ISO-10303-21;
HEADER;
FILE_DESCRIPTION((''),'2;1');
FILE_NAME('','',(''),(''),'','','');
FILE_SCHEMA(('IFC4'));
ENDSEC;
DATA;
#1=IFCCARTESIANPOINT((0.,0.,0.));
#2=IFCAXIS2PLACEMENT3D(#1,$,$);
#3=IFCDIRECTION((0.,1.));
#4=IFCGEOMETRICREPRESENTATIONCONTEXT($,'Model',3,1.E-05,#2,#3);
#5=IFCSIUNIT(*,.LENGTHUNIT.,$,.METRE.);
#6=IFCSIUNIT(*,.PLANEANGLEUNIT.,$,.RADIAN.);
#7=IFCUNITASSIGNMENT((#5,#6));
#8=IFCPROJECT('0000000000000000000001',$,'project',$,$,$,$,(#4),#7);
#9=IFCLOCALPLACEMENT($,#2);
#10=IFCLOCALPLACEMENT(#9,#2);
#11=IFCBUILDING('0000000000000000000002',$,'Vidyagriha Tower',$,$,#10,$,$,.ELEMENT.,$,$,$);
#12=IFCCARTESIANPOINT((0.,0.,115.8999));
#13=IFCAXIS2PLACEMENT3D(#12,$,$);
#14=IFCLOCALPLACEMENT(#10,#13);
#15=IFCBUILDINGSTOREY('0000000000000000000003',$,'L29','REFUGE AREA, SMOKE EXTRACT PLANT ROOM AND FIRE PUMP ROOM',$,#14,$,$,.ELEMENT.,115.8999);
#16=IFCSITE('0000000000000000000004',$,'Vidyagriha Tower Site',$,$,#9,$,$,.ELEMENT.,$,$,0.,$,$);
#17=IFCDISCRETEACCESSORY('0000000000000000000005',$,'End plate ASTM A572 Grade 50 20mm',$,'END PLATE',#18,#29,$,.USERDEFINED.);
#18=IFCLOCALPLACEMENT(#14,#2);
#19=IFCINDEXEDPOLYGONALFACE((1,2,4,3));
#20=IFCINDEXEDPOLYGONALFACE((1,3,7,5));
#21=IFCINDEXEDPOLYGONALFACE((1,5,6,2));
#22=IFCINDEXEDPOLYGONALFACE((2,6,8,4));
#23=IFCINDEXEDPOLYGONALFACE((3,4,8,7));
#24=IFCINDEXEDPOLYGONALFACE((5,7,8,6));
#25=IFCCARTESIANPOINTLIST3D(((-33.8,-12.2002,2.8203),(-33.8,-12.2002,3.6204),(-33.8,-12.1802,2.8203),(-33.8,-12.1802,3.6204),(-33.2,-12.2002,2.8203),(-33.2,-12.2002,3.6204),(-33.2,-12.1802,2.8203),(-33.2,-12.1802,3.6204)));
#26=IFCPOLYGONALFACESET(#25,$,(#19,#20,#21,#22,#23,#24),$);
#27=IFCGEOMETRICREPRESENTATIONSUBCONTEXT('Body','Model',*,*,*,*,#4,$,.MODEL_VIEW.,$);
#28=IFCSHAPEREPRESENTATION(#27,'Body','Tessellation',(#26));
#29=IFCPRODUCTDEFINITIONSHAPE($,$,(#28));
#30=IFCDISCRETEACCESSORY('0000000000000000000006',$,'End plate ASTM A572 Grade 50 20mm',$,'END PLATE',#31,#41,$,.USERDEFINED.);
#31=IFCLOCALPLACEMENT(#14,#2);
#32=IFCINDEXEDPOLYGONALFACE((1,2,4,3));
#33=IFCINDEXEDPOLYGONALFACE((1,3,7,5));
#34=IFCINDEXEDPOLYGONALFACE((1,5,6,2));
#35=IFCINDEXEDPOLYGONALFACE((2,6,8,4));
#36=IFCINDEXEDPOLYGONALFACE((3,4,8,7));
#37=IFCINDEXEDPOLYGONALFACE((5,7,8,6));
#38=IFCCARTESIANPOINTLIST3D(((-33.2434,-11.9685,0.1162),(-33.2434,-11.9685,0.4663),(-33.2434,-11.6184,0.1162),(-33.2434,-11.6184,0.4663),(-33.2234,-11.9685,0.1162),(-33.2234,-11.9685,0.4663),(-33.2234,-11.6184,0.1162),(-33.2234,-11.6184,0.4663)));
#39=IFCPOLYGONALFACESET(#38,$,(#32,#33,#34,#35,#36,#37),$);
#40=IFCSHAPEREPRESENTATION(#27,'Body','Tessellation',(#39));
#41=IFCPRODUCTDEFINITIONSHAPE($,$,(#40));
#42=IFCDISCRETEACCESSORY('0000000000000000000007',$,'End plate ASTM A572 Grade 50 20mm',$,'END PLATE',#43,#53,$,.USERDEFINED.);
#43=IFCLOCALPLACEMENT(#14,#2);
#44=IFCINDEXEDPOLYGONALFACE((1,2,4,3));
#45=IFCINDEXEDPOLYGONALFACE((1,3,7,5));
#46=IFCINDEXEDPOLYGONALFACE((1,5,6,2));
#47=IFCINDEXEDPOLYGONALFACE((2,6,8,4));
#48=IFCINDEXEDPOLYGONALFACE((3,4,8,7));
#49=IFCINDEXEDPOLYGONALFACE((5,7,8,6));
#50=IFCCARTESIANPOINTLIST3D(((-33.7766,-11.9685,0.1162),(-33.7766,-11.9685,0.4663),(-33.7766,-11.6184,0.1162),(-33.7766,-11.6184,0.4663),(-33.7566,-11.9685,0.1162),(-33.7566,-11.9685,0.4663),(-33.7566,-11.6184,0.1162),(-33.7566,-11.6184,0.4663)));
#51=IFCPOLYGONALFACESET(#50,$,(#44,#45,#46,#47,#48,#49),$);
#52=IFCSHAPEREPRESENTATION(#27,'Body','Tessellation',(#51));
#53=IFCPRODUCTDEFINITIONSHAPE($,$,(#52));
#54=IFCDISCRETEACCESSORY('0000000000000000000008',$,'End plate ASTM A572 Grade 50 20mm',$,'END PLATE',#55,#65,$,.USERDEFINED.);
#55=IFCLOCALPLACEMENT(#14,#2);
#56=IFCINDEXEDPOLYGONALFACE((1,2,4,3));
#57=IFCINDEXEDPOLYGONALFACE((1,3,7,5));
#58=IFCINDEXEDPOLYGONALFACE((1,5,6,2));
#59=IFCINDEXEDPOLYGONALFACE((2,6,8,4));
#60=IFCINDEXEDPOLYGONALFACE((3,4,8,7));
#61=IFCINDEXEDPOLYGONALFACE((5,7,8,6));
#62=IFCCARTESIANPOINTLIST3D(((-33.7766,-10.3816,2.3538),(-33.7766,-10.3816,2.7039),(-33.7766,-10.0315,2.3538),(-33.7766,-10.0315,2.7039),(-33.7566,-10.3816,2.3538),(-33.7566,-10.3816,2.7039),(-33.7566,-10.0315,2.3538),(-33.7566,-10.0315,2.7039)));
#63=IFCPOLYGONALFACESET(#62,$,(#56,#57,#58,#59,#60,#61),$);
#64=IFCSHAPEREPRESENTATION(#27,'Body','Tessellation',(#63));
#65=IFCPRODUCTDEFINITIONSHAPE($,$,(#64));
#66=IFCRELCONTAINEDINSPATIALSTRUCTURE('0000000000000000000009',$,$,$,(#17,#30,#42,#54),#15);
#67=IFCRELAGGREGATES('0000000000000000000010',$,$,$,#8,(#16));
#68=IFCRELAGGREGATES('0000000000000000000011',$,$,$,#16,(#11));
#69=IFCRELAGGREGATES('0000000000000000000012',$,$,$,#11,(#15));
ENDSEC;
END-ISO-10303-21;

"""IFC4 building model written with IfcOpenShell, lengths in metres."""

from ifc_helpers import new_model, si_unit, direction, frame, origin, origin_2d, place, context, subcontext, project, spatial, rectangle, extrude, element, save


model = new_model("IFC4")

# Units and contexts
model_context = context("Model", 3, precision=1e-05, world=origin(), true_north=direction((0.0, 1.0)))
body_context = subcontext(model_context, "Body", "Model", "MODEL_VIEW")
ifc_project = project(units=[si_unit("LENGTHUNIT", "METRE"), si_unit("PLANEANGLEUNIT", "RADIAN")], contexts=[model_context])

# Site, building, storey
site_placement = place(None, origin())
site = spatial("IfcSite", under=ifc_project, at=site_placement, Name="Vidyagriha Tower Site", CompositionType="ELEMENT", RefElevation=0.0)
building_placement = place(site_placement, origin())
building = spatial("IfcBuilding", under=site, at=building_placement, Name="Vidyagriha Tower", CompositionType="ELEMENT")
storey_placement = place(building_placement, frame((0.0, 0.0, 115.8999)))
storey = spatial("IfcBuildingStorey", under=building, at=storey_placement, Name="L29", Description="REFUGE AREA, SMOKE EXTRACT PLANT ROOM AND FIRE PUMP ROOM", CompositionType="ELEMENT", Elevation=115.8999)

# Discrete accessories
discrete_accessory_1_placement = place(storey_placement, frame((-33.5, -12.1902, 2.8203), z_axis=(0.0, 0.0, 1.0), x_axis=(0.0, -1.0, 0.0)))
element("IfcDiscreteAccessory", 1, at=discrete_accessory_1_placement, inside=storey, Name="End plate ASTM A572 Grade 50 20mm", ObjectType="END PLATE", PredefinedType="USERDEFINED", context=body_context, shape_type="SweptSolid", body=[
    extrude(rectangle(XDim=0.02, YDim=0.6001, at=origin_2d()), origin(), (0.0, 0.0, 1.0), 0.8),
])
for number, where, z_axis, x_axis, name in (
    (2, (-33.2334, -11.7935, 0.1162), (0.0, 0.0, 1.0), (0.0, -1.0, 0.0), "End plate ASTM A572 Grade 50 20mm"),
    (3, (-33.7666, -11.7935, 0.1162), (0.0, 0.0, 1.0), (0.0, -1.0, 0.0), "End plate ASTM A572 Grade 50 20mm"),
    (4, (-33.7666, -10.2065, 2.3538), (0.0, 0.0, 1.0), (0.0, 1.0, 0.0), "End plate ASTM A572 Grade 50 20mm"),
):
    element("IfcDiscreteAccessory", number, at=place(storey_placement, frame(where, z_axis=z_axis, x_axis=x_axis)), inside=storey, Name=name, ObjectType="END PLATE", PredefinedType="USERDEFINED", context=body_context, shape_type="SweptSolid", body=[
        extrude(rectangle(XDim=0.3501, YDim=0.02, at=origin_2d()), origin(), (0.0, 0.0, 1.0), 0.3501),
    ])

save(model, "model.ifc")
